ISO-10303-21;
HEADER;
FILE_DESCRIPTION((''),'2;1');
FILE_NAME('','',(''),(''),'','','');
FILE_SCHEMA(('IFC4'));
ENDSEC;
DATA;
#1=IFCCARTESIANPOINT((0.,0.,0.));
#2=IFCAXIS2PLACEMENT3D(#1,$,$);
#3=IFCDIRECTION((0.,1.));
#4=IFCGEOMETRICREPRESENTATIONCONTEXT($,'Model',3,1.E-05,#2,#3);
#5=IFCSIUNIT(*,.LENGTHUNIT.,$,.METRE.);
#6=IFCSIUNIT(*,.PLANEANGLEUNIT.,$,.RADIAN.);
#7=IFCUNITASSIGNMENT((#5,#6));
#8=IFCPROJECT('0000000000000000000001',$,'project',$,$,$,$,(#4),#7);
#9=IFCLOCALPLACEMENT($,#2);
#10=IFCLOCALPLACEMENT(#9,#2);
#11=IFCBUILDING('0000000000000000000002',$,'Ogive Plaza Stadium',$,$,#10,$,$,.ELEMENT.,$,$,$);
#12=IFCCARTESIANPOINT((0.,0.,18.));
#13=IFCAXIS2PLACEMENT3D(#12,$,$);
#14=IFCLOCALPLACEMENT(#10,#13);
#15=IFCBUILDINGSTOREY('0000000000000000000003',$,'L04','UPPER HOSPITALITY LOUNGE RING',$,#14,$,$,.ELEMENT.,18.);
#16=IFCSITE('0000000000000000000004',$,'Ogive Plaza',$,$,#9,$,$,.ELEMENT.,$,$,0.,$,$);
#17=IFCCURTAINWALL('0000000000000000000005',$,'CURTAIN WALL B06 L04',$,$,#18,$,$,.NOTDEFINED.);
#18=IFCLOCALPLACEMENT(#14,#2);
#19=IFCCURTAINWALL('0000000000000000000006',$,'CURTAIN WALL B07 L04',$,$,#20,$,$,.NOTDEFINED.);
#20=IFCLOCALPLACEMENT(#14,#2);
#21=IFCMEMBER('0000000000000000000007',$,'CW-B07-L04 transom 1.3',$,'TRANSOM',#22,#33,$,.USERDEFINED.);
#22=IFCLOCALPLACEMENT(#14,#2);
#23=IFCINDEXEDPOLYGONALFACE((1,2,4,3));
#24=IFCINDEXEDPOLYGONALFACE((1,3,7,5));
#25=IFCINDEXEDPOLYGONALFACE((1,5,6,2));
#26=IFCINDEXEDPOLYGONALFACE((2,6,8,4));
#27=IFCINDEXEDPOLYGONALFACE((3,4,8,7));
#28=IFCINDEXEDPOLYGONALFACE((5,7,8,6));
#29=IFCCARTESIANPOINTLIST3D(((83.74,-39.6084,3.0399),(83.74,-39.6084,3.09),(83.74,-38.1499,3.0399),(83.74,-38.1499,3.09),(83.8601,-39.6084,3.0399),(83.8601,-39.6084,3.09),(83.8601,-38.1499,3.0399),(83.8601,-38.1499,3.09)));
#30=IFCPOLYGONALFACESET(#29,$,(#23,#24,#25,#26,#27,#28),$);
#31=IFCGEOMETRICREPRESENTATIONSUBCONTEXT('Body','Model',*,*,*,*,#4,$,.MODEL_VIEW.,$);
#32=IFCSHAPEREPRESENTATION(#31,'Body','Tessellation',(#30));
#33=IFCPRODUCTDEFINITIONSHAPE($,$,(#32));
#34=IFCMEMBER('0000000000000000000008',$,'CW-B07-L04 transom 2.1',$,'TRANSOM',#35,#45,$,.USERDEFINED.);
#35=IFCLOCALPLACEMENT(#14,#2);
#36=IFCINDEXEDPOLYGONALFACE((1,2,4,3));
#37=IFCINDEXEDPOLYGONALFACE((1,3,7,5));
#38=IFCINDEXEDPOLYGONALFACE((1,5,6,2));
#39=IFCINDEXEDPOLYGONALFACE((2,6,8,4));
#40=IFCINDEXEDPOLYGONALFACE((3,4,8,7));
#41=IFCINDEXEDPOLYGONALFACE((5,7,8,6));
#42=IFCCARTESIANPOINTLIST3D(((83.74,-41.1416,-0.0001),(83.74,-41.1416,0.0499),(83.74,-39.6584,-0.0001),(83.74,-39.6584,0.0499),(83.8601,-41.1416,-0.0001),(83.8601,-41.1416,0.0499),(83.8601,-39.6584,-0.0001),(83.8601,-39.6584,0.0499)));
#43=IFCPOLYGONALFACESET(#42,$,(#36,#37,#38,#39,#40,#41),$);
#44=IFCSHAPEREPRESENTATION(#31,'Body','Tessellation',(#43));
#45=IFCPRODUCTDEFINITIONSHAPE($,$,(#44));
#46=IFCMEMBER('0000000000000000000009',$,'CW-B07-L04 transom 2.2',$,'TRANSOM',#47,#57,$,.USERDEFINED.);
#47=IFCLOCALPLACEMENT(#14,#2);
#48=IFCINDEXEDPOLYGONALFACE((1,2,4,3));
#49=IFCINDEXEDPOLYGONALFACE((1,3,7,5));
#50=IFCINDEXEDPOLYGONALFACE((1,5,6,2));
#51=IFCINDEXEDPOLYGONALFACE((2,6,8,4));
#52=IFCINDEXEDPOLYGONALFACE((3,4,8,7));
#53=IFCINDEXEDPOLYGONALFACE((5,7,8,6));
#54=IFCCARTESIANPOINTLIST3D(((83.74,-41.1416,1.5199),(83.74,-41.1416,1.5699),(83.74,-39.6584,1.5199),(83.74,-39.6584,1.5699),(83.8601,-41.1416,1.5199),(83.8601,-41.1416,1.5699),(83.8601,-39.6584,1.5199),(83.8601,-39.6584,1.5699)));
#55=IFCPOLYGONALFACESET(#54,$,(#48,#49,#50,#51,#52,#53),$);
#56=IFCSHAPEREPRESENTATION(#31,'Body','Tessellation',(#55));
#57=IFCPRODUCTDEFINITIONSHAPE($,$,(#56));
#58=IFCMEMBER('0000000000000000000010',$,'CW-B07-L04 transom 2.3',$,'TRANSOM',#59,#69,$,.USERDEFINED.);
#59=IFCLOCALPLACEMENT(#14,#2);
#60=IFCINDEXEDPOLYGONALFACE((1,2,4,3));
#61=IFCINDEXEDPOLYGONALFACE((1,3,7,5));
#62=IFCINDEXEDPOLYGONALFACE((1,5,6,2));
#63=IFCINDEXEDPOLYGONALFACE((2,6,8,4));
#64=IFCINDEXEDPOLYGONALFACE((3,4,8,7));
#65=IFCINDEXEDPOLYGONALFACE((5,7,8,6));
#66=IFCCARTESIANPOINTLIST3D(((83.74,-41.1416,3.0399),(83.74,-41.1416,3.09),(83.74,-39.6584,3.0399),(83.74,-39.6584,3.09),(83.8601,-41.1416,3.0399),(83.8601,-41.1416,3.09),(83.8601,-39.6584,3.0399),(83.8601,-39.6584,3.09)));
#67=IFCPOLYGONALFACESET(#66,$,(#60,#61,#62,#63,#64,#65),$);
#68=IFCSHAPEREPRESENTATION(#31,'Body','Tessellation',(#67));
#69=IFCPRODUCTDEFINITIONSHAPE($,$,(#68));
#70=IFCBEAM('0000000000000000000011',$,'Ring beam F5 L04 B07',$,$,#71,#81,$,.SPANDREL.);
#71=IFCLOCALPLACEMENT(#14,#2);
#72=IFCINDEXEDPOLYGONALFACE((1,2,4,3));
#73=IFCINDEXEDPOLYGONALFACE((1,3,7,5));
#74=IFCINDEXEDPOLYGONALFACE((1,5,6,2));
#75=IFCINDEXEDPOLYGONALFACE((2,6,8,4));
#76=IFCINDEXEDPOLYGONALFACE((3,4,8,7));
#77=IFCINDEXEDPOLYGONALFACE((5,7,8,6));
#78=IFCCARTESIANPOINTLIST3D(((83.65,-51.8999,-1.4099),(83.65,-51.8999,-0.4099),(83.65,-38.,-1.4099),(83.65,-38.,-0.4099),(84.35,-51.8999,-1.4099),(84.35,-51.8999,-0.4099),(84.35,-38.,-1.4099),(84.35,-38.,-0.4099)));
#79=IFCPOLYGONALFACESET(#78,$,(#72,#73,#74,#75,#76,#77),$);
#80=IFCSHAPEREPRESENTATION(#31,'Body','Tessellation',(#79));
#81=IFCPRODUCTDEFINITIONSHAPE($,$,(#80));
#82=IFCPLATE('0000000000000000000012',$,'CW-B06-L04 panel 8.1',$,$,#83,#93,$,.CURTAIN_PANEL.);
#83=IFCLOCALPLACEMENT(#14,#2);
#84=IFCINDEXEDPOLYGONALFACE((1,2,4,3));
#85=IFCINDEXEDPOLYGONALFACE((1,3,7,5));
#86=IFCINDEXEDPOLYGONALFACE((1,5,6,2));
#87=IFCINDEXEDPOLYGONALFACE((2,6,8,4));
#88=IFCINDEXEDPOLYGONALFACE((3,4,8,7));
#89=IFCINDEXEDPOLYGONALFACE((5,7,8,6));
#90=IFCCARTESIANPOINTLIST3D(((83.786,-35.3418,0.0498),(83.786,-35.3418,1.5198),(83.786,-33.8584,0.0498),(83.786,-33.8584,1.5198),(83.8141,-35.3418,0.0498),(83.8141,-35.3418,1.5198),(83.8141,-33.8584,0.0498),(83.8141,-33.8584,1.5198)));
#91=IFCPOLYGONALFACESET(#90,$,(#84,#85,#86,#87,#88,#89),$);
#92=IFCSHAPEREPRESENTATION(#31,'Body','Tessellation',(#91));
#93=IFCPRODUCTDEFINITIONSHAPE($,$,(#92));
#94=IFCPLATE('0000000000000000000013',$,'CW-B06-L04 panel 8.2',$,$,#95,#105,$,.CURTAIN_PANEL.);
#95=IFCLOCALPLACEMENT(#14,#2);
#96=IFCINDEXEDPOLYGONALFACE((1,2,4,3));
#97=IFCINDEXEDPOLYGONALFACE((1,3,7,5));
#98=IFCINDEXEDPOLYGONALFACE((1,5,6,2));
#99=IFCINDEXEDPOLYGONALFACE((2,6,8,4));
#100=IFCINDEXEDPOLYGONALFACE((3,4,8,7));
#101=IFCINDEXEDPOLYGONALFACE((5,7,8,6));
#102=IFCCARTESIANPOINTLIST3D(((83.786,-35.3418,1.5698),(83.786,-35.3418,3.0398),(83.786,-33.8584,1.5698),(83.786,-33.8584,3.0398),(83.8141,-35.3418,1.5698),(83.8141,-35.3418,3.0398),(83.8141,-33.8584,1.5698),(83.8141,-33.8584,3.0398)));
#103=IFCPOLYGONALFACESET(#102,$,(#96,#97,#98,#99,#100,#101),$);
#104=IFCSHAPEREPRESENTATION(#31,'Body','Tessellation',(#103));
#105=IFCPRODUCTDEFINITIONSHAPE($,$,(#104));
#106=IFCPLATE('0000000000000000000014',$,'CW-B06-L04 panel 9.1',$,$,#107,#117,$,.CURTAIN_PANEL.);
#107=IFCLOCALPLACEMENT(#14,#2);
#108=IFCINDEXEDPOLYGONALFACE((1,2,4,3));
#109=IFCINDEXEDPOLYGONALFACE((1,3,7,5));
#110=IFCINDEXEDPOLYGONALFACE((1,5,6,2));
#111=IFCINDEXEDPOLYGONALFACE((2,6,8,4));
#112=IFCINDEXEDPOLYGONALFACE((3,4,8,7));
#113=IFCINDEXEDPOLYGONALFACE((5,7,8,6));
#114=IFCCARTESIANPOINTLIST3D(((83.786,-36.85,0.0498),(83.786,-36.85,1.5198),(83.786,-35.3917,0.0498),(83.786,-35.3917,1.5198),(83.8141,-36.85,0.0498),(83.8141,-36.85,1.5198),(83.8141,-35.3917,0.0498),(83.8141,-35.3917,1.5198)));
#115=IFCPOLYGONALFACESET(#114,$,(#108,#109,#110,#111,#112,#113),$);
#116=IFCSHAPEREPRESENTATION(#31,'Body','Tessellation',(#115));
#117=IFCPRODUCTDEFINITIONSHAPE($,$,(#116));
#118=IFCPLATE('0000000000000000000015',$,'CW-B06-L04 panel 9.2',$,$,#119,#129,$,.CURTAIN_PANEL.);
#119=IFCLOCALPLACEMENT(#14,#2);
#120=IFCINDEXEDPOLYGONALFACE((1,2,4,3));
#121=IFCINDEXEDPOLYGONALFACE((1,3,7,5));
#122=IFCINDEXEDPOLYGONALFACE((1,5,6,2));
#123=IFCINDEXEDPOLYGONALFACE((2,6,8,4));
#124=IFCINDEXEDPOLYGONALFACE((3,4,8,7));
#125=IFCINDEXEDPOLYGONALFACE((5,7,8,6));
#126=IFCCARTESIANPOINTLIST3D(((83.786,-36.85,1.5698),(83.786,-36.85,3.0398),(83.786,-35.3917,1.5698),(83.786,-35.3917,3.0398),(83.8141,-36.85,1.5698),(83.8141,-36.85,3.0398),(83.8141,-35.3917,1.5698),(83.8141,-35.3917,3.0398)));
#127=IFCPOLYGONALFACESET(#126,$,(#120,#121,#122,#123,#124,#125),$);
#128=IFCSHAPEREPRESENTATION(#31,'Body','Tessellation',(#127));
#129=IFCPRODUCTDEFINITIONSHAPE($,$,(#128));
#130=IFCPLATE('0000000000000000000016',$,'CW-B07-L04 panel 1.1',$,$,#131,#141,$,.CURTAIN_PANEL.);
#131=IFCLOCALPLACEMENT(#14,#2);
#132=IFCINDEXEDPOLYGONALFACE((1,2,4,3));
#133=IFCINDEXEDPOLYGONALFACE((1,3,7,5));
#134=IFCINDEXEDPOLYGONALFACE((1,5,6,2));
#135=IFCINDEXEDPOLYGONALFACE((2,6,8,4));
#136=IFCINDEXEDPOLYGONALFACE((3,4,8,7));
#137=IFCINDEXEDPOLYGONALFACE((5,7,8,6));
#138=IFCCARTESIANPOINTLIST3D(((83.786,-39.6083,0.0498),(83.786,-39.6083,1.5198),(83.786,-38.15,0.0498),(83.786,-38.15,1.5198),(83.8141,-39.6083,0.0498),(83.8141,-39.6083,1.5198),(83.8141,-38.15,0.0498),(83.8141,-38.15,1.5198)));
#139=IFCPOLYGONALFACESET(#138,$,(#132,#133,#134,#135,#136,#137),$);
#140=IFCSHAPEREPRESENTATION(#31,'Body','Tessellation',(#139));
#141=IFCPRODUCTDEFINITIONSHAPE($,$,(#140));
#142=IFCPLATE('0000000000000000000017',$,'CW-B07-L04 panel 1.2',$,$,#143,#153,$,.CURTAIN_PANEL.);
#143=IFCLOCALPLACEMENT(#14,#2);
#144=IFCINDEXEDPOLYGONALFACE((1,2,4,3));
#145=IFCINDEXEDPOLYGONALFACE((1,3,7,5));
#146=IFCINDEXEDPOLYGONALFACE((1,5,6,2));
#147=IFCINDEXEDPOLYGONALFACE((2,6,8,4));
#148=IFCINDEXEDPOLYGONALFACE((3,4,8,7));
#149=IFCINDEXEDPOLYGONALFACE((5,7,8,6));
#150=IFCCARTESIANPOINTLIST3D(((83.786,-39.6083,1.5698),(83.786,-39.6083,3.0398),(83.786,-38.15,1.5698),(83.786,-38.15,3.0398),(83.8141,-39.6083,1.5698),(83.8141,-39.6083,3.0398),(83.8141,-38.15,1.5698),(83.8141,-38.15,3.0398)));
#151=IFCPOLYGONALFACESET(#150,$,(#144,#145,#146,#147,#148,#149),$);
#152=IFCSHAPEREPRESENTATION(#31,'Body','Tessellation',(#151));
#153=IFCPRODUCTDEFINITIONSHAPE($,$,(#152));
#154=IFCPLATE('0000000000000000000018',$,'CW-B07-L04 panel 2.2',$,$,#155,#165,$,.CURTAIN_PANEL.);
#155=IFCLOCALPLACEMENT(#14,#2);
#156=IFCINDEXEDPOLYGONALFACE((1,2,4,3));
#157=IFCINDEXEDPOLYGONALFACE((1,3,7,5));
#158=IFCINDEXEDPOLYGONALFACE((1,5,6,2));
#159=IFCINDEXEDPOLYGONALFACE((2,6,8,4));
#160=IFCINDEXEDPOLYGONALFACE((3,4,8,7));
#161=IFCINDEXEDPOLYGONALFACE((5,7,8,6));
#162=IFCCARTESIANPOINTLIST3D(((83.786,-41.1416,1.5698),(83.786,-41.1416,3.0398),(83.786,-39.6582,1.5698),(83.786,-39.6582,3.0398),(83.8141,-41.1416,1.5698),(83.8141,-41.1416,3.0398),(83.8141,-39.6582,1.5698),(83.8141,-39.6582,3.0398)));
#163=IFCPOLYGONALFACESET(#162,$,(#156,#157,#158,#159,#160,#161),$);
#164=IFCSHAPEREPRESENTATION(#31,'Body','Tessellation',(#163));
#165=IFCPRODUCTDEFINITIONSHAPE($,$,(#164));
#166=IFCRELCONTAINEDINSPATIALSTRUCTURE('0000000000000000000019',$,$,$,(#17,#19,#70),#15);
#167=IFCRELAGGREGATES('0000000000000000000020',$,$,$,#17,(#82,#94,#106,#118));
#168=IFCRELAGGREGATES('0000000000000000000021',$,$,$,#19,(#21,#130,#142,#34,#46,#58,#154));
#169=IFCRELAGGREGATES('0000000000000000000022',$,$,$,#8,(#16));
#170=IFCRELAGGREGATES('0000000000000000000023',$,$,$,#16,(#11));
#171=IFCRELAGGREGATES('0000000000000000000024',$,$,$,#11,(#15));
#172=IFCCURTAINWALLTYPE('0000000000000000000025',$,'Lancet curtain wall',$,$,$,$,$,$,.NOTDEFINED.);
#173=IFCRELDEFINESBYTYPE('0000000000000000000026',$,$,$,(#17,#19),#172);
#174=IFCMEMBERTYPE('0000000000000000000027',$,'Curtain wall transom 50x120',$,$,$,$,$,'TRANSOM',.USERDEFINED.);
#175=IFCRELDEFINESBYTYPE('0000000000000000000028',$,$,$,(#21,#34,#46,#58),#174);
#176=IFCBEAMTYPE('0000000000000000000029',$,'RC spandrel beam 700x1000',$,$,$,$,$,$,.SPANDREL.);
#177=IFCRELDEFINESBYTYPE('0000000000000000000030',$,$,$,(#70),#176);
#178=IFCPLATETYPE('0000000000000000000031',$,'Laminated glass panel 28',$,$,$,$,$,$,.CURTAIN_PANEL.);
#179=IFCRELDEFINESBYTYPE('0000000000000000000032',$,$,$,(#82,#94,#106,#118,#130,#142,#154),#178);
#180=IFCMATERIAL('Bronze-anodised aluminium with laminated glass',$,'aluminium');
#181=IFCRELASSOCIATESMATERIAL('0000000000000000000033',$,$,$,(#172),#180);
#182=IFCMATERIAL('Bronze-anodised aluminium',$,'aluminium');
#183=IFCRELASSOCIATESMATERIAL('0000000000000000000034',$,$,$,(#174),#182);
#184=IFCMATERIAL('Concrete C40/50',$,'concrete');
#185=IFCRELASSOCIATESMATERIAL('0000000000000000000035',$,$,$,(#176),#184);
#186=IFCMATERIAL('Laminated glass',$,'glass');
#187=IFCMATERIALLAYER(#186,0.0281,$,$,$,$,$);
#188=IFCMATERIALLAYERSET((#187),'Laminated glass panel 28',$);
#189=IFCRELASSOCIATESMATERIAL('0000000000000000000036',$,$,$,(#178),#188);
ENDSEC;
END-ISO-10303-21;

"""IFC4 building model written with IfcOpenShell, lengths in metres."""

from ifc_helpers import new_model, si_unit, direction, frame, origin, origin_2d, place, context, subcontext, project, spatial, rectangle, extrude, material, layer, layer_set, material_profile, profile_set, type_object, element, aggregate, save


model = new_model("IFC4")

# Units and contexts
model_context = context("Model", 3, precision=1e-05, world=origin(), true_north=direction((0.0, 1.0)))
body_context = subcontext(model_context, "Body", "Model", "MODEL_VIEW")
ifc_project = project(units=[si_unit("LENGTHUNIT", "METRE"), si_unit("PLANEANGLEUNIT", "RADIAN")], contexts=[model_context])

# Site, building, storey
site_placement = place(None, origin())
site = spatial("IfcSite", under=ifc_project, at=site_placement, Name="Ogive Plaza", CompositionType="ELEMENT", RefElevation=0.0)
building_placement = place(site_placement, origin())
building = spatial("IfcBuilding", under=site, at=building_placement, Name="Ogive Plaza Stadium", CompositionType="ELEMENT")
storey_placement = place(building_placement, frame((0.0, 0.0, 18.0)))
storey = spatial("IfcBuildingStorey", under=building, at=storey_placement, Name="L04", Description="UPPER HOSPITALITY LOUNGE RING", CompositionType="ELEMENT", Elevation=18.0)

# Curtain walls
ifc_material_1 = material(Name="Bronze-anodised aluminium with laminated glass", Category="aluminium")
curtain_wall_type = type_object("IfcCurtainWallType", Name="Lancet curtain wall", PredefinedType="NOTDEFINED", material=ifc_material_1)
curtain_wall_1_placement = place(storey_placement, origin())
curtain_wall_1 = element("IfcCurtainWall", 1, at=curtain_wall_1_placement, inside=storey, type_object=curtain_wall_type, Name="CURTAIN WALL B06 L04", PredefinedType="NOTDEFINED")
curtain_wall_2_placement = place(storey_placement, origin())
curtain_wall_2 = element("IfcCurtainWall", 2, at=curtain_wall_2_placement, inside=storey, type_object=curtain_wall_type, Name="CURTAIN WALL B07 L04", PredefinedType="NOTDEFINED")

# Members
ifc_material_2 = material(Name="Bronze-anodised aluminium", Category="aluminium")
ifc_material_profile_1 = material_profile(ifc_material_2, rectangle(XDim=0.1201, YDim=0.05, at=origin_2d()), Name="AL 120x50")
ifc_profile_set_1 = profile_set([ifc_material_profile_1], Name="Bronze-anodised aluminium")
member_type_1 = type_object("IfcMemberType", Name="Curtain wall transom 50x120", ElementType="TRANSOM", PredefinedType="USERDEFINED", material=ifc_profile_set_1)
member_1_placement = place(storey_placement, frame((83.8, -38.1499, 3.0649), z_axis=(0.0, -1.0, 0.0), x_axis=(1.0, 0.0, 0.0)))
member_1 = element("IfcMember", 3, at=member_1_placement, type_object=member_type_1, Name="CW-B07-L04 transom 1.3", ObjectType="TRANSOM", PredefinedType="USERDEFINED", context=body_context, shape_type="SweptSolid", body=[
    extrude(rectangle(XDim=0.1201, YDim=0.05, at=origin_2d()), origin(), (0.0, 0.0, 1.0), 1.4585),
])
member_2_placement = place(storey_placement, frame((83.8, -39.6584, 0.0249), z_axis=(0.0, -1.0, 0.0), x_axis=(1.0, 0.0, 0.0)))
member_2 = element("IfcMember", 4, at=member_2_placement, type_object=member_type_1, Name="CW-B07-L04 transom 2.1", ObjectType="TRANSOM", PredefinedType="USERDEFINED", context=body_context, shape_type="SweptSolid", body=[
    extrude(rectangle(XDim=0.1201, YDim=0.05, at=origin_2d()), origin(), (0.0, 0.0, 1.0), 1.4832),
])
member_3_placement = place(storey_placement, frame((83.8, -39.6584, 1.5449), z_axis=(0.0, -1.0, 0.0), x_axis=(1.0, 0.0, 0.0)))
member_3 = element("IfcMember", 5, at=member_3_placement, type_object=member_type_1, Name="CW-B07-L04 transom 2.2", ObjectType="TRANSOM", PredefinedType="USERDEFINED", context=body_context, shape_type="SweptSolid", body=[
    extrude(rectangle(XDim=0.1201, YDim=0.05, at=origin_2d()), origin(), (0.0, 0.0, 1.0), 1.4832),
])
member_4_placement = place(storey_placement, frame((83.8, -39.6584, 3.0649), z_axis=(0.0, -1.0, 0.0), x_axis=(1.0, 0.0, 0.0)))
member_4 = element("IfcMember", 6, at=member_4_placement, type_object=member_type_1, Name="CW-B07-L04 transom 2.3", ObjectType="TRANSOM", PredefinedType="USERDEFINED", context=body_context, shape_type="SweptSolid", body=[
    extrude(rectangle(XDim=0.1201, YDim=0.05, at=origin_2d()), origin(), (0.0, 0.0, 1.0), 1.4832),
])

# Beam
ifc_material_3 = material(Name="Concrete C40/50", Category="concrete")
ifc_material_profile_2 = material_profile(ifc_material_3, rectangle(XDim=0.7, YDim=1.0, at=origin_2d()), Name="RC 700x1000")
ifc_profile_set_2 = profile_set([ifc_material_profile_2], Name="Concrete C40/50")
beam_type = type_object("IfcBeamType", Name="RC spandrel beam 700x1000", PredefinedType="SPANDREL", material=ifc_profile_set_2)
beam_placement = place(storey_placement, frame((84.0, -38.0, -0.9099), z_axis=(0.0, -1.0, 0.0), x_axis=(1.0, 0.0, 0.0)))
element("IfcBeam", 7, at=beam_placement, inside=storey, type_object=beam_type, Name="Ring beam F5 L04 B07", PredefinedType="SPANDREL", context=body_context, shape_type="SweptSolid", body=[
    extrude(rectangle(XDim=0.7, YDim=1.0, at=origin_2d()), origin(), (0.0, 0.0, 1.0), 13.8999),
])

# Plates
ifc_material_4 = material(Name="Laminated glass", Category="glass")
ifc_layer = layer(ifc_material_4, 0.0281)
ifc_layer_set = layer_set([ifc_layer], Name="Laminated glass panel 28")
plate_type = type_object("IfcPlateType", Name="Laminated glass panel 28", PredefinedType="CURTAIN_PANEL", material=ifc_layer_set)
plate_1_placement = place(storey_placement, frame((83.8, -34.6001, 0.0498), z_axis=(0.0, 0.0, 1.0), x_axis=(0.0, -1.0, 0.0)))
plate_1 = element("IfcPlate", 8, at=plate_1_placement, type_object=plate_type, Name="CW-B06-L04 panel 8.1", PredefinedType="CURTAIN_PANEL", context=body_context, shape_type="SweptSolid", body=[
    extrude(rectangle(XDim=1.4834, YDim=0.0281, at=origin_2d()), origin(), (0.0, 0.0, 1.0), 1.47),
])
plate_2_placement = place(storey_placement, frame((83.8, -34.6001, 1.5698), z_axis=(0.0, 0.0, 1.0), x_axis=(0.0, -1.0, 0.0)))
plate_2 = element("IfcPlate", 9, at=plate_2_placement, type_object=plate_type, Name="CW-B06-L04 panel 8.2", PredefinedType="CURTAIN_PANEL", context=body_context, shape_type="SweptSolid", body=[
    extrude(rectangle(XDim=1.4834, YDim=0.0281, at=origin_2d()), origin(), (0.0, 0.0, 1.0), 1.47),
])
plate_3_placement = place(storey_placement, frame((83.8, -36.1208, 0.0498), z_axis=(0.0, 0.0, 1.0), x_axis=(0.0, -1.0, 0.0)))
plate_3 = element("IfcPlate", 10, at=plate_3_placement, type_object=plate_type, Name="CW-B06-L04 panel 9.1", PredefinedType="CURTAIN_PANEL", context=body_context, shape_type="SweptSolid", body=[
    extrude(rectangle(XDim=1.4583, YDim=0.0281, at=origin_2d()), origin(), (0.0, 0.0, 1.0), 1.47),
])
plate_4_placement = place(storey_placement, frame((83.8, -36.1208, 1.5698), z_axis=(0.0, 0.0, 1.0), x_axis=(0.0, -1.0, 0.0)))
plate_4 = element("IfcPlate", 11, at=plate_4_placement, type_object=plate_type, Name="CW-B06-L04 panel 9.2", PredefinedType="CURTAIN_PANEL", context=body_context, shape_type="SweptSolid", body=[
    extrude(rectangle(XDim=1.4583, YDim=0.0281, at=origin_2d()), origin(), (0.0, 0.0, 1.0), 1.47),
])
aggregate(curtain_wall_1, [plate_1, plate_2, plate_3, plate_4])
plate_5_placement = place(storey_placement, frame((83.8, -38.8792, 0.0498), z_axis=(0.0, 0.0, 1.0), x_axis=(0.0, -1.0, 0.0)))
plate_5 = element("IfcPlate", 12, at=plate_5_placement, type_object=plate_type, Name="CW-B07-L04 panel 1.1", PredefinedType="CURTAIN_PANEL", context=body_context, shape_type="SweptSolid", body=[
    extrude(rectangle(XDim=1.4583, YDim=0.0281, at=origin_2d()), origin(), (0.0, 0.0, 1.0), 1.47),
])
plate_6_placement = place(storey_placement, frame((83.8, -38.8792, 1.5698), z_axis=(0.0, 0.0, 1.0), x_axis=(0.0, -1.0, 0.0)))
plate_6 = element("IfcPlate", 13, at=plate_6_placement, type_object=plate_type, Name="CW-B07-L04 panel 1.2", PredefinedType="CURTAIN_PANEL", context=body_context, shape_type="SweptSolid", body=[
    extrude(rectangle(XDim=1.4583, YDim=0.0281, at=origin_2d()), origin(), (0.0, 0.0, 1.0), 1.47),
])
plate_7_placement = place(storey_placement, frame((83.8, -40.3999, 1.5698), z_axis=(0.0, 0.0, 1.0), x_axis=(0.0, -1.0, 0.0)))
plate_7 = element("IfcPlate", 14, at=plate_7_placement, type_object=plate_type, Name="CW-B07-L04 panel 2.2", PredefinedType="CURTAIN_PANEL", context=body_context, shape_type="SweptSolid", body=[
    extrude(rectangle(XDim=1.4834, YDim=0.0281, at=origin_2d()), origin(), (0.0, 0.0, 1.0), 1.47),
])
aggregate(curtain_wall_2, [member_1, plate_5, plate_6, member_2, member_3, member_4, plate_7])

save(model, "model.ifc")
